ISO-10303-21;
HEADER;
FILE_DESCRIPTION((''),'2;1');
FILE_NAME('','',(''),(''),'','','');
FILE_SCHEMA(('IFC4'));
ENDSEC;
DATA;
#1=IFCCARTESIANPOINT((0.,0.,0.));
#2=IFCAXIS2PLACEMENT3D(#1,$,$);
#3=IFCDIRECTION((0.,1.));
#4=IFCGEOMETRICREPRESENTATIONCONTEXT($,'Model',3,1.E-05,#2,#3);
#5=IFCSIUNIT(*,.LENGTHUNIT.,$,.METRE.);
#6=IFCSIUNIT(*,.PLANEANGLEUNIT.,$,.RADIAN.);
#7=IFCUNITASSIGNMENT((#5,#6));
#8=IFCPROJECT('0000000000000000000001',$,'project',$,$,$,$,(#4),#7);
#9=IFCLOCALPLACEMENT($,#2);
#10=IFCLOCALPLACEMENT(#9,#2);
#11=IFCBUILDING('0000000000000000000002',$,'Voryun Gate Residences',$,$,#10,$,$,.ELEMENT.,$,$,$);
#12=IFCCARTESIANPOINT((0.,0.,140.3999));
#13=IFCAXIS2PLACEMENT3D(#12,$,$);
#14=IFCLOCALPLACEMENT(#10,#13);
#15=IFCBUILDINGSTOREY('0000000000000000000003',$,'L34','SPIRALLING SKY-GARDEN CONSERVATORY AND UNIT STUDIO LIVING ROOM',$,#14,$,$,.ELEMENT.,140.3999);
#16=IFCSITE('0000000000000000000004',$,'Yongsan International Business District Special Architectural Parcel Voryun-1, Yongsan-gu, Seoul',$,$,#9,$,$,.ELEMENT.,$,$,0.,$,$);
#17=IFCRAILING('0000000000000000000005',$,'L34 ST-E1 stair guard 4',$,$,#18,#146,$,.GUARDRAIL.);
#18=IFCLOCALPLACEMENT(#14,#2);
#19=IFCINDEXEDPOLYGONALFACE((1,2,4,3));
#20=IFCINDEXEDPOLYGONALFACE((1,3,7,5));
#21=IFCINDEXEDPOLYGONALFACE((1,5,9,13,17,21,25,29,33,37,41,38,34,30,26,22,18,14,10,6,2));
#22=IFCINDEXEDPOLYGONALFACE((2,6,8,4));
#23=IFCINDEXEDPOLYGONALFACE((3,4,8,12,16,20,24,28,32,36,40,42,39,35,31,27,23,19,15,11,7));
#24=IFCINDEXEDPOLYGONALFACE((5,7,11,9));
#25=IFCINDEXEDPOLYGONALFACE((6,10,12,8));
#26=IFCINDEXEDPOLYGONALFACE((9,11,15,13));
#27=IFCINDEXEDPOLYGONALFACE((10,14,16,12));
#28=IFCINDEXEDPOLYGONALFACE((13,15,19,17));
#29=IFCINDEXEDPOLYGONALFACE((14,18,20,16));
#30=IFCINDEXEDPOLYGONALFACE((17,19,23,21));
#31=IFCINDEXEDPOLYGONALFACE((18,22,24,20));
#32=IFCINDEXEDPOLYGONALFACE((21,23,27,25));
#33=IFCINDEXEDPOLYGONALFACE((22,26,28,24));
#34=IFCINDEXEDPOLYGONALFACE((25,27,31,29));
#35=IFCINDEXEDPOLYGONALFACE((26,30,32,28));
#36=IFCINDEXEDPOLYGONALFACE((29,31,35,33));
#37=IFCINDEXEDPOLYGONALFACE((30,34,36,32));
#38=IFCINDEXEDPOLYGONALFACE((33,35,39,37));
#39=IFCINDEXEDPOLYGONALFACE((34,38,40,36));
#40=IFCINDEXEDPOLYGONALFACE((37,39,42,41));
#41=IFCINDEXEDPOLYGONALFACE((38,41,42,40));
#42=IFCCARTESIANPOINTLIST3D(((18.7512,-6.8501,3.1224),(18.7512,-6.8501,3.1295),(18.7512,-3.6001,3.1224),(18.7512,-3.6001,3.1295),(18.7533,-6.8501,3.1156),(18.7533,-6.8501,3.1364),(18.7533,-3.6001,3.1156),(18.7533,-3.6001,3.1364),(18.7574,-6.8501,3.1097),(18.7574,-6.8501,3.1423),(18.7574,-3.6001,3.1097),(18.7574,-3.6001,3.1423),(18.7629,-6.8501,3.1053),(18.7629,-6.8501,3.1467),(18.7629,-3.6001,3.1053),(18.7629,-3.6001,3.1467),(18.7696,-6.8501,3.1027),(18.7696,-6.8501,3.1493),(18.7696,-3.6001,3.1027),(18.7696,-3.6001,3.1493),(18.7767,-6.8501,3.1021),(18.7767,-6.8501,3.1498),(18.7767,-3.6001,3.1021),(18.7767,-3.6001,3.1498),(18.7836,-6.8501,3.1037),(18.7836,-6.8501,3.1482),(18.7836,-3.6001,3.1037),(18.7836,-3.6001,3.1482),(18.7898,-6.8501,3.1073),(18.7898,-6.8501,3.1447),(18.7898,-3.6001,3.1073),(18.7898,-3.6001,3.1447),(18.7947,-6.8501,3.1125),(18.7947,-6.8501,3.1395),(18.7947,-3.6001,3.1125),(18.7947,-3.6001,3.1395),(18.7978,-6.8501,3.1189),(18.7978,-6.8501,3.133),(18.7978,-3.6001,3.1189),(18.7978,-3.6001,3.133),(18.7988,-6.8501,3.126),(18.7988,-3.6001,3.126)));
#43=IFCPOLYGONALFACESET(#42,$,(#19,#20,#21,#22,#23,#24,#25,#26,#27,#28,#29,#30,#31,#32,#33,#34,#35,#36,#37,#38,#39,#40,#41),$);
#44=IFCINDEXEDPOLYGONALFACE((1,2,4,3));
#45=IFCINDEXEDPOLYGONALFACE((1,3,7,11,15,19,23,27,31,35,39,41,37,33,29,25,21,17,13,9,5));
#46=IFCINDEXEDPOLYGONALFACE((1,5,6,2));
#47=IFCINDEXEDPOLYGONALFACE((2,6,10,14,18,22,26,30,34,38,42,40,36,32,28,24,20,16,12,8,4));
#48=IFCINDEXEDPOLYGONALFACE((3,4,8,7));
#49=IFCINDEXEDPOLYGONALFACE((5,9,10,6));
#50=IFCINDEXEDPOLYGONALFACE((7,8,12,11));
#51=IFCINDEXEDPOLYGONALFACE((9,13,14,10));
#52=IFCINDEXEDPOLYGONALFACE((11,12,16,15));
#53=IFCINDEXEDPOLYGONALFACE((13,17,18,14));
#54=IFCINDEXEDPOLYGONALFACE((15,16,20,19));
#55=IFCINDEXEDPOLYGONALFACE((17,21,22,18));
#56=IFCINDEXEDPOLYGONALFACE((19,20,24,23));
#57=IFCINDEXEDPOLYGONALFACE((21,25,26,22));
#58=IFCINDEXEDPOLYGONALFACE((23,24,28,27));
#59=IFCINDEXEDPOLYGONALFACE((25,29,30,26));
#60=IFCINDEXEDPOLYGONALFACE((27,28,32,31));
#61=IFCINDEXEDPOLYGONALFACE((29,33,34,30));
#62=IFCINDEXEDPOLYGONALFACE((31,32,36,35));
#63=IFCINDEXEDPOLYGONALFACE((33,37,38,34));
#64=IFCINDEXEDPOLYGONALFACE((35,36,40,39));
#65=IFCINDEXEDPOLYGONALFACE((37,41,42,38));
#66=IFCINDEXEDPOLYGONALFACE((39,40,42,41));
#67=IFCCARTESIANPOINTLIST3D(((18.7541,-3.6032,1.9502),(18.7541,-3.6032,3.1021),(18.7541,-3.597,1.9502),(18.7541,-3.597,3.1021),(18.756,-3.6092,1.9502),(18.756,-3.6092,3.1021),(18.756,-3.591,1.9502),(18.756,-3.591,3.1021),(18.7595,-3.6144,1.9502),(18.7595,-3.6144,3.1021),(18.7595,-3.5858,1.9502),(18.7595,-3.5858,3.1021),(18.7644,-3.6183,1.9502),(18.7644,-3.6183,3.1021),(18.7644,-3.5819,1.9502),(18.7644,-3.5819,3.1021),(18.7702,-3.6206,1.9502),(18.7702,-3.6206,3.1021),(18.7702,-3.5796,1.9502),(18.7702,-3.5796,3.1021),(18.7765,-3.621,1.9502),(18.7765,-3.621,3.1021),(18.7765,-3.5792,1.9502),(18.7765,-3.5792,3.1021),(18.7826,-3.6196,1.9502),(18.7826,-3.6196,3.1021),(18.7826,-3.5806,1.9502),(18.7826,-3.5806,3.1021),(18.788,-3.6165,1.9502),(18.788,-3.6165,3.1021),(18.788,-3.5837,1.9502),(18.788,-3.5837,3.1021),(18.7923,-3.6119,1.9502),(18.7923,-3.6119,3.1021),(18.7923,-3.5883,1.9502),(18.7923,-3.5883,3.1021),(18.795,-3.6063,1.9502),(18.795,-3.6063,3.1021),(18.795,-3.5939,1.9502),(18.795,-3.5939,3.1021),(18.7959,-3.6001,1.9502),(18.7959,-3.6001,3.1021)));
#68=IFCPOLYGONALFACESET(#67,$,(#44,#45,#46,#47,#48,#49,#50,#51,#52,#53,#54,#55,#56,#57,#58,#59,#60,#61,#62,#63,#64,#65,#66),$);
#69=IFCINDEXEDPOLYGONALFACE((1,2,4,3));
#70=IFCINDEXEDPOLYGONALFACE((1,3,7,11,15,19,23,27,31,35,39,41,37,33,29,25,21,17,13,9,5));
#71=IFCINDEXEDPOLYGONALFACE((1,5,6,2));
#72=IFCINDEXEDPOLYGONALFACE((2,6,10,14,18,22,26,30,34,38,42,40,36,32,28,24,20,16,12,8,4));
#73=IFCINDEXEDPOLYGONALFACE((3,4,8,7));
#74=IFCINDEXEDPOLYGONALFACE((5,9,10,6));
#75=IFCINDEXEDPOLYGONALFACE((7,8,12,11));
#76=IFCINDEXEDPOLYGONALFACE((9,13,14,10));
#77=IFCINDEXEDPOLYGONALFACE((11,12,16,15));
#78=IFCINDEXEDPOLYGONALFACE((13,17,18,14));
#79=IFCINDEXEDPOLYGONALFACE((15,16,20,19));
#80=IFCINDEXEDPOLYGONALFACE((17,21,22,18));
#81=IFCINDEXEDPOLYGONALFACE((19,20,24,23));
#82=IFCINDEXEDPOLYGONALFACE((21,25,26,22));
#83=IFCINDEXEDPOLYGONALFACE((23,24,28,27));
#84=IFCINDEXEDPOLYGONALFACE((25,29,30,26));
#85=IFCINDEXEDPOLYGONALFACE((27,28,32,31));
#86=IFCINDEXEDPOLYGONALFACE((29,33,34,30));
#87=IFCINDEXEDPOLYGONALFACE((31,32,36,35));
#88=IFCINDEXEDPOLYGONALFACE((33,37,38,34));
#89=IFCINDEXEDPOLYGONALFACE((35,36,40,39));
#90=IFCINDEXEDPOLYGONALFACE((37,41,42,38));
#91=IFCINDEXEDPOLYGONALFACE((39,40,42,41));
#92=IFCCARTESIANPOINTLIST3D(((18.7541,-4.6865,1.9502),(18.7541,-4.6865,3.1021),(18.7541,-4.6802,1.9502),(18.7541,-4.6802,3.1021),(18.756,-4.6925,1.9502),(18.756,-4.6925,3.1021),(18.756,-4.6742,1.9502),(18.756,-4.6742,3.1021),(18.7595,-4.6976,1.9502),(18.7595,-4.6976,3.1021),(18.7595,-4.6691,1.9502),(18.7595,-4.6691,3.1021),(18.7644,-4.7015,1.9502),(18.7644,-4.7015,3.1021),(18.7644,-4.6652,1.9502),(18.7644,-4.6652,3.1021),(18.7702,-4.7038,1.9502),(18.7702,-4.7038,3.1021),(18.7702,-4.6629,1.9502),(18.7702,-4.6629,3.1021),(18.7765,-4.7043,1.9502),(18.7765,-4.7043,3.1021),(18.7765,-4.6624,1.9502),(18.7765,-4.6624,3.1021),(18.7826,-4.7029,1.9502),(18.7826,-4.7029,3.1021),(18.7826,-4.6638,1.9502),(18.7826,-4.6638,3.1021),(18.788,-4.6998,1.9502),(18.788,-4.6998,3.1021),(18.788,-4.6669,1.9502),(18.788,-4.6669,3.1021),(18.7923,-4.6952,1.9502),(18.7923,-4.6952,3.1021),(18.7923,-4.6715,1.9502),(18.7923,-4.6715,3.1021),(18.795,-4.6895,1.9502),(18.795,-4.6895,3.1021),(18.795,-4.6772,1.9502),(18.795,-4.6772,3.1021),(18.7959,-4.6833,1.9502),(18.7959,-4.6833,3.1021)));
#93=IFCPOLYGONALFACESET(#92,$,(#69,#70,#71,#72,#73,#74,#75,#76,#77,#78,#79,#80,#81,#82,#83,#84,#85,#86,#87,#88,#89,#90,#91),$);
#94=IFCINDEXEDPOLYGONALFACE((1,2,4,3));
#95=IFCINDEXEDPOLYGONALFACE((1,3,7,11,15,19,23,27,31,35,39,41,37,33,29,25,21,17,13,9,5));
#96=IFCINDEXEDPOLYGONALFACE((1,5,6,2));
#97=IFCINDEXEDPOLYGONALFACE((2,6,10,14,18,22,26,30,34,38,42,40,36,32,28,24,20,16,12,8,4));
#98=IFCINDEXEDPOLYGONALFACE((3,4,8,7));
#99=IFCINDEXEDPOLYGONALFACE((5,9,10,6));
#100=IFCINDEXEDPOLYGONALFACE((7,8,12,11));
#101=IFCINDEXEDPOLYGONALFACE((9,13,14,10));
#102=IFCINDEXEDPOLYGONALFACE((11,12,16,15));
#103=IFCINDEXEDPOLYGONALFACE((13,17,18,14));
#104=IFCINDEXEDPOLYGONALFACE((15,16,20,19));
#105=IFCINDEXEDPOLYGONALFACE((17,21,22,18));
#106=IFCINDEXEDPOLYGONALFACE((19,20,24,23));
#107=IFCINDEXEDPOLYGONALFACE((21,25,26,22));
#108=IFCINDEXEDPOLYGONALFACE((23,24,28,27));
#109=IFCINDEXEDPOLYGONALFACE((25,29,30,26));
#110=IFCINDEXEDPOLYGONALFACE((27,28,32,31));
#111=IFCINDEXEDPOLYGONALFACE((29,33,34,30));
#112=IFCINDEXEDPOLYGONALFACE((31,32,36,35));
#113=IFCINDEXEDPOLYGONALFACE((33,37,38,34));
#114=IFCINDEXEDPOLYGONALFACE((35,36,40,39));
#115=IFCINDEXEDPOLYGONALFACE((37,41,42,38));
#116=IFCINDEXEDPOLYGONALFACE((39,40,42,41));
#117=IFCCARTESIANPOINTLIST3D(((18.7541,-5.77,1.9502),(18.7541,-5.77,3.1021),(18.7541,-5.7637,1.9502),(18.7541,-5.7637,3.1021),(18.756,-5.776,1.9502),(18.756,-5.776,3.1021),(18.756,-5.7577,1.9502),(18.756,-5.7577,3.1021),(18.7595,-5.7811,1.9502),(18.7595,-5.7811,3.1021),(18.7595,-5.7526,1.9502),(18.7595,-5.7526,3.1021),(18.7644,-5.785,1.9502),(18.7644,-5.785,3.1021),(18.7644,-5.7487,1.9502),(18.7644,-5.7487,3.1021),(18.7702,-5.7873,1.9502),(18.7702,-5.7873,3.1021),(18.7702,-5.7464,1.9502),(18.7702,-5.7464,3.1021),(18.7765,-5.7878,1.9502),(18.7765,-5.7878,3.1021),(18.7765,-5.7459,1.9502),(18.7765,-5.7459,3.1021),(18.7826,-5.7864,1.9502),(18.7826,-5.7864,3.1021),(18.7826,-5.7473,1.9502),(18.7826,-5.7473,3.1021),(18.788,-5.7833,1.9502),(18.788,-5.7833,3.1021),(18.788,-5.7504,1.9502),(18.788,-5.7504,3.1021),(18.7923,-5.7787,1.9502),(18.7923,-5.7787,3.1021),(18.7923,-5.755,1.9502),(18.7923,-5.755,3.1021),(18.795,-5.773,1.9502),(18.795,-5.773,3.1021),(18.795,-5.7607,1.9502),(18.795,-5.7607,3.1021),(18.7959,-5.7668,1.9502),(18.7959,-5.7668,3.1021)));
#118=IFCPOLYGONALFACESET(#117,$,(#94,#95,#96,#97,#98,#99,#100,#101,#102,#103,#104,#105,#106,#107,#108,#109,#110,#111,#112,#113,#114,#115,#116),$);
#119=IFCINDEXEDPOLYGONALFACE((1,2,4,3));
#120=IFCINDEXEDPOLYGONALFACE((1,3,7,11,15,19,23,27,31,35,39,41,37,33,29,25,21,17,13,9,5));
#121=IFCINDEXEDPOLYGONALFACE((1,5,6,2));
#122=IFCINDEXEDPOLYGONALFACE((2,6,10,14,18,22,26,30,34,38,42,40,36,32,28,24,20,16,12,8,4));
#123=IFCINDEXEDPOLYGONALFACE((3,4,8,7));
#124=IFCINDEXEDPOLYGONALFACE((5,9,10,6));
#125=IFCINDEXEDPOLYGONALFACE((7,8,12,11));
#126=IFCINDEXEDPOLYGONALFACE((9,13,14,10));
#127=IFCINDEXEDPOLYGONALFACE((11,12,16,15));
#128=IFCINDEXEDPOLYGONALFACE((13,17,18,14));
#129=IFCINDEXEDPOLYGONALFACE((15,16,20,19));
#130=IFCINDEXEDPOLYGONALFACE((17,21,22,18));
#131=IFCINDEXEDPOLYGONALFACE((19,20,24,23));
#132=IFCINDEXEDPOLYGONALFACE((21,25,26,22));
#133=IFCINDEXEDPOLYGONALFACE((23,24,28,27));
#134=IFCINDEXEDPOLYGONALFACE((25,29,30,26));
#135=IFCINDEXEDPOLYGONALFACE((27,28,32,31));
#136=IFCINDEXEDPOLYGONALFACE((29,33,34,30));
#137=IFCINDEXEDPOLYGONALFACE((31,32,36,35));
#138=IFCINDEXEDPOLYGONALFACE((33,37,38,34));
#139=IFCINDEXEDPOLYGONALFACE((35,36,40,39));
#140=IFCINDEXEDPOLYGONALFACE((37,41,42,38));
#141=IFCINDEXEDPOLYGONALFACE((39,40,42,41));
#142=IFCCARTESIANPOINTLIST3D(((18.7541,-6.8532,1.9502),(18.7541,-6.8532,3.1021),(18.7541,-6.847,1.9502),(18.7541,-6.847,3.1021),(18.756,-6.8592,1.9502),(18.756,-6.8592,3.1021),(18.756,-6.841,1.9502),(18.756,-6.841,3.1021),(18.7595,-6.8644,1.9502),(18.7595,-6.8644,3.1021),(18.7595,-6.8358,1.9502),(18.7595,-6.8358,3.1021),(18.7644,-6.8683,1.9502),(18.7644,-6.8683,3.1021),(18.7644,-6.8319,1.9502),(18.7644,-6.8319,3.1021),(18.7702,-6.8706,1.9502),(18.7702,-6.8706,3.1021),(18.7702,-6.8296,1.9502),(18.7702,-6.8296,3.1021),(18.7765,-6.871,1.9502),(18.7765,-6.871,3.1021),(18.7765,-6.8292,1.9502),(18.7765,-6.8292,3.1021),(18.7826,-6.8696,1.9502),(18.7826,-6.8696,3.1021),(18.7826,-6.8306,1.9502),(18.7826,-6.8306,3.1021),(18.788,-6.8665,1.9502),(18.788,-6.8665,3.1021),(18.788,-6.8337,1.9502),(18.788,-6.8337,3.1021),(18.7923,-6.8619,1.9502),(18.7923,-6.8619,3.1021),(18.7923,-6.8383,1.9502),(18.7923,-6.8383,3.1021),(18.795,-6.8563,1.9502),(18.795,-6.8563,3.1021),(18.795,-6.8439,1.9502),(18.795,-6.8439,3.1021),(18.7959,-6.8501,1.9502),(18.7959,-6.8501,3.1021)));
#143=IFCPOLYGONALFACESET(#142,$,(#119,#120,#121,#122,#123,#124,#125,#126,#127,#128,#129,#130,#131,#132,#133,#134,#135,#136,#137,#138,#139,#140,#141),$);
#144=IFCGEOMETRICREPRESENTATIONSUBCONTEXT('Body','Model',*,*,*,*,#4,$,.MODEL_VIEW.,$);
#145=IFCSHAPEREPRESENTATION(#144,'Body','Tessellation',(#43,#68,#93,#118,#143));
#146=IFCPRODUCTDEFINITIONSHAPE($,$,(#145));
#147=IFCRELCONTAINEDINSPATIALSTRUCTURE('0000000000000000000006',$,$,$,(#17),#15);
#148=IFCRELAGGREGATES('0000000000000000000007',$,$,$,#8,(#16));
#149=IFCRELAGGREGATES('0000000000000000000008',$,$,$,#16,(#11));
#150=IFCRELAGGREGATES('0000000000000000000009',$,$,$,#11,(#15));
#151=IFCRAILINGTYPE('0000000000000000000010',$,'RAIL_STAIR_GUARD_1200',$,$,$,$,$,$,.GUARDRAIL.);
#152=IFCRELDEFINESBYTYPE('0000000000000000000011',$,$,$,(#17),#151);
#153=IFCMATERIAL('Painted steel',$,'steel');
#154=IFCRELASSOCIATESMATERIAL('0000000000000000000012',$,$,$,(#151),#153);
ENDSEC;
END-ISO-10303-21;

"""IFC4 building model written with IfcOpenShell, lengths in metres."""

from ifc_helpers import new_model, si_unit, direction, frame, origin, origin_2d, place, context, subcontext, project, spatial, circle, extrude, material, type_object, element, save


model = new_model("IFC4")

# Units and contexts
model_context = context("Model", 3, precision=1e-05, world=origin(), true_north=direction((0.0, 1.0)))
body_context = subcontext(model_context, "Body", "Model", "MODEL_VIEW")
ifc_project = project(units=[si_unit("LENGTHUNIT", "METRE"), si_unit("PLANEANGLEUNIT", "RADIAN")], contexts=[model_context])

# Site, building, storey
site_placement = place(None, origin())
site = spatial("IfcSite", under=ifc_project, at=site_placement, Name="Yongsan International Business District Special Architectural Parcel Voryun-1, Yongsan-gu, Seoul", CompositionType="ELEMENT", RefElevation=0.0)
building_placement = place(site_placement, origin())
building = spatial("IfcBuilding", under=site, at=building_placement, Name="Voryun Gate Residences", CompositionType="ELEMENT")
storey_placement = place(building_placement, frame((0.0, 0.0, 140.3999)))
storey = spatial("IfcBuildingStorey", under=building, at=storey_placement, Name="L34", Description="SPIRALLING SKY-GARDEN CONSERVATORY AND UNIT STUDIO LIVING ROOM", CompositionType="ELEMENT", Elevation=140.3999)

# Railing
ifc_material_1 = material(Name="Painted steel", Category="steel")
railing_type_1 = type_object("IfcRailingType", Name="RAIL_STAIR_GUARD_1200", PredefinedType="GUARDRAIL", material=ifc_material_1)
for number, where, name in (
    (1, (18.7749, -3.6001, 1.9502), "L34 ST-E1 stair guard 4"),
):
    element("IfcRailing", number, at=place(storey_placement, frame(where)), inside=storey, type_object=railing_type_1, Name=name, PredefinedType="GUARDRAIL", context=body_context, shape_type="SweptSolid", body=[
        extrude(circle(Radius=0.0239, at=origin_2d()), frame((0.0, 0.0, 1.1758), z_axis=(0.0, -1.0, 0.0), x_axis=(1.0, 0.0, 0.0)), (0.0, 0.0, 1.0), 3.25),
        extrude(circle(Radius=0.021, at=origin_2d()), origin(), (0.0, 0.0, 1.0), 1.1519),
        extrude(circle(Radius=0.021, at=origin_2d()), frame((0.0, -1.0833, 0.0)), (0.0, 0.0, 1.0), 1.1519),
        extrude(circle(Radius=0.021, at=origin_2d()), frame((0.0, -2.1667, 0.0)), (0.0, 0.0, 1.0), 1.1519),
        extrude(circle(Radius=0.021, at=origin_2d()), frame((0.0, -3.25, 0.0)), (0.0, 0.0, 1.0), 1.1519),
    ])

save(model, "model.ifc")
